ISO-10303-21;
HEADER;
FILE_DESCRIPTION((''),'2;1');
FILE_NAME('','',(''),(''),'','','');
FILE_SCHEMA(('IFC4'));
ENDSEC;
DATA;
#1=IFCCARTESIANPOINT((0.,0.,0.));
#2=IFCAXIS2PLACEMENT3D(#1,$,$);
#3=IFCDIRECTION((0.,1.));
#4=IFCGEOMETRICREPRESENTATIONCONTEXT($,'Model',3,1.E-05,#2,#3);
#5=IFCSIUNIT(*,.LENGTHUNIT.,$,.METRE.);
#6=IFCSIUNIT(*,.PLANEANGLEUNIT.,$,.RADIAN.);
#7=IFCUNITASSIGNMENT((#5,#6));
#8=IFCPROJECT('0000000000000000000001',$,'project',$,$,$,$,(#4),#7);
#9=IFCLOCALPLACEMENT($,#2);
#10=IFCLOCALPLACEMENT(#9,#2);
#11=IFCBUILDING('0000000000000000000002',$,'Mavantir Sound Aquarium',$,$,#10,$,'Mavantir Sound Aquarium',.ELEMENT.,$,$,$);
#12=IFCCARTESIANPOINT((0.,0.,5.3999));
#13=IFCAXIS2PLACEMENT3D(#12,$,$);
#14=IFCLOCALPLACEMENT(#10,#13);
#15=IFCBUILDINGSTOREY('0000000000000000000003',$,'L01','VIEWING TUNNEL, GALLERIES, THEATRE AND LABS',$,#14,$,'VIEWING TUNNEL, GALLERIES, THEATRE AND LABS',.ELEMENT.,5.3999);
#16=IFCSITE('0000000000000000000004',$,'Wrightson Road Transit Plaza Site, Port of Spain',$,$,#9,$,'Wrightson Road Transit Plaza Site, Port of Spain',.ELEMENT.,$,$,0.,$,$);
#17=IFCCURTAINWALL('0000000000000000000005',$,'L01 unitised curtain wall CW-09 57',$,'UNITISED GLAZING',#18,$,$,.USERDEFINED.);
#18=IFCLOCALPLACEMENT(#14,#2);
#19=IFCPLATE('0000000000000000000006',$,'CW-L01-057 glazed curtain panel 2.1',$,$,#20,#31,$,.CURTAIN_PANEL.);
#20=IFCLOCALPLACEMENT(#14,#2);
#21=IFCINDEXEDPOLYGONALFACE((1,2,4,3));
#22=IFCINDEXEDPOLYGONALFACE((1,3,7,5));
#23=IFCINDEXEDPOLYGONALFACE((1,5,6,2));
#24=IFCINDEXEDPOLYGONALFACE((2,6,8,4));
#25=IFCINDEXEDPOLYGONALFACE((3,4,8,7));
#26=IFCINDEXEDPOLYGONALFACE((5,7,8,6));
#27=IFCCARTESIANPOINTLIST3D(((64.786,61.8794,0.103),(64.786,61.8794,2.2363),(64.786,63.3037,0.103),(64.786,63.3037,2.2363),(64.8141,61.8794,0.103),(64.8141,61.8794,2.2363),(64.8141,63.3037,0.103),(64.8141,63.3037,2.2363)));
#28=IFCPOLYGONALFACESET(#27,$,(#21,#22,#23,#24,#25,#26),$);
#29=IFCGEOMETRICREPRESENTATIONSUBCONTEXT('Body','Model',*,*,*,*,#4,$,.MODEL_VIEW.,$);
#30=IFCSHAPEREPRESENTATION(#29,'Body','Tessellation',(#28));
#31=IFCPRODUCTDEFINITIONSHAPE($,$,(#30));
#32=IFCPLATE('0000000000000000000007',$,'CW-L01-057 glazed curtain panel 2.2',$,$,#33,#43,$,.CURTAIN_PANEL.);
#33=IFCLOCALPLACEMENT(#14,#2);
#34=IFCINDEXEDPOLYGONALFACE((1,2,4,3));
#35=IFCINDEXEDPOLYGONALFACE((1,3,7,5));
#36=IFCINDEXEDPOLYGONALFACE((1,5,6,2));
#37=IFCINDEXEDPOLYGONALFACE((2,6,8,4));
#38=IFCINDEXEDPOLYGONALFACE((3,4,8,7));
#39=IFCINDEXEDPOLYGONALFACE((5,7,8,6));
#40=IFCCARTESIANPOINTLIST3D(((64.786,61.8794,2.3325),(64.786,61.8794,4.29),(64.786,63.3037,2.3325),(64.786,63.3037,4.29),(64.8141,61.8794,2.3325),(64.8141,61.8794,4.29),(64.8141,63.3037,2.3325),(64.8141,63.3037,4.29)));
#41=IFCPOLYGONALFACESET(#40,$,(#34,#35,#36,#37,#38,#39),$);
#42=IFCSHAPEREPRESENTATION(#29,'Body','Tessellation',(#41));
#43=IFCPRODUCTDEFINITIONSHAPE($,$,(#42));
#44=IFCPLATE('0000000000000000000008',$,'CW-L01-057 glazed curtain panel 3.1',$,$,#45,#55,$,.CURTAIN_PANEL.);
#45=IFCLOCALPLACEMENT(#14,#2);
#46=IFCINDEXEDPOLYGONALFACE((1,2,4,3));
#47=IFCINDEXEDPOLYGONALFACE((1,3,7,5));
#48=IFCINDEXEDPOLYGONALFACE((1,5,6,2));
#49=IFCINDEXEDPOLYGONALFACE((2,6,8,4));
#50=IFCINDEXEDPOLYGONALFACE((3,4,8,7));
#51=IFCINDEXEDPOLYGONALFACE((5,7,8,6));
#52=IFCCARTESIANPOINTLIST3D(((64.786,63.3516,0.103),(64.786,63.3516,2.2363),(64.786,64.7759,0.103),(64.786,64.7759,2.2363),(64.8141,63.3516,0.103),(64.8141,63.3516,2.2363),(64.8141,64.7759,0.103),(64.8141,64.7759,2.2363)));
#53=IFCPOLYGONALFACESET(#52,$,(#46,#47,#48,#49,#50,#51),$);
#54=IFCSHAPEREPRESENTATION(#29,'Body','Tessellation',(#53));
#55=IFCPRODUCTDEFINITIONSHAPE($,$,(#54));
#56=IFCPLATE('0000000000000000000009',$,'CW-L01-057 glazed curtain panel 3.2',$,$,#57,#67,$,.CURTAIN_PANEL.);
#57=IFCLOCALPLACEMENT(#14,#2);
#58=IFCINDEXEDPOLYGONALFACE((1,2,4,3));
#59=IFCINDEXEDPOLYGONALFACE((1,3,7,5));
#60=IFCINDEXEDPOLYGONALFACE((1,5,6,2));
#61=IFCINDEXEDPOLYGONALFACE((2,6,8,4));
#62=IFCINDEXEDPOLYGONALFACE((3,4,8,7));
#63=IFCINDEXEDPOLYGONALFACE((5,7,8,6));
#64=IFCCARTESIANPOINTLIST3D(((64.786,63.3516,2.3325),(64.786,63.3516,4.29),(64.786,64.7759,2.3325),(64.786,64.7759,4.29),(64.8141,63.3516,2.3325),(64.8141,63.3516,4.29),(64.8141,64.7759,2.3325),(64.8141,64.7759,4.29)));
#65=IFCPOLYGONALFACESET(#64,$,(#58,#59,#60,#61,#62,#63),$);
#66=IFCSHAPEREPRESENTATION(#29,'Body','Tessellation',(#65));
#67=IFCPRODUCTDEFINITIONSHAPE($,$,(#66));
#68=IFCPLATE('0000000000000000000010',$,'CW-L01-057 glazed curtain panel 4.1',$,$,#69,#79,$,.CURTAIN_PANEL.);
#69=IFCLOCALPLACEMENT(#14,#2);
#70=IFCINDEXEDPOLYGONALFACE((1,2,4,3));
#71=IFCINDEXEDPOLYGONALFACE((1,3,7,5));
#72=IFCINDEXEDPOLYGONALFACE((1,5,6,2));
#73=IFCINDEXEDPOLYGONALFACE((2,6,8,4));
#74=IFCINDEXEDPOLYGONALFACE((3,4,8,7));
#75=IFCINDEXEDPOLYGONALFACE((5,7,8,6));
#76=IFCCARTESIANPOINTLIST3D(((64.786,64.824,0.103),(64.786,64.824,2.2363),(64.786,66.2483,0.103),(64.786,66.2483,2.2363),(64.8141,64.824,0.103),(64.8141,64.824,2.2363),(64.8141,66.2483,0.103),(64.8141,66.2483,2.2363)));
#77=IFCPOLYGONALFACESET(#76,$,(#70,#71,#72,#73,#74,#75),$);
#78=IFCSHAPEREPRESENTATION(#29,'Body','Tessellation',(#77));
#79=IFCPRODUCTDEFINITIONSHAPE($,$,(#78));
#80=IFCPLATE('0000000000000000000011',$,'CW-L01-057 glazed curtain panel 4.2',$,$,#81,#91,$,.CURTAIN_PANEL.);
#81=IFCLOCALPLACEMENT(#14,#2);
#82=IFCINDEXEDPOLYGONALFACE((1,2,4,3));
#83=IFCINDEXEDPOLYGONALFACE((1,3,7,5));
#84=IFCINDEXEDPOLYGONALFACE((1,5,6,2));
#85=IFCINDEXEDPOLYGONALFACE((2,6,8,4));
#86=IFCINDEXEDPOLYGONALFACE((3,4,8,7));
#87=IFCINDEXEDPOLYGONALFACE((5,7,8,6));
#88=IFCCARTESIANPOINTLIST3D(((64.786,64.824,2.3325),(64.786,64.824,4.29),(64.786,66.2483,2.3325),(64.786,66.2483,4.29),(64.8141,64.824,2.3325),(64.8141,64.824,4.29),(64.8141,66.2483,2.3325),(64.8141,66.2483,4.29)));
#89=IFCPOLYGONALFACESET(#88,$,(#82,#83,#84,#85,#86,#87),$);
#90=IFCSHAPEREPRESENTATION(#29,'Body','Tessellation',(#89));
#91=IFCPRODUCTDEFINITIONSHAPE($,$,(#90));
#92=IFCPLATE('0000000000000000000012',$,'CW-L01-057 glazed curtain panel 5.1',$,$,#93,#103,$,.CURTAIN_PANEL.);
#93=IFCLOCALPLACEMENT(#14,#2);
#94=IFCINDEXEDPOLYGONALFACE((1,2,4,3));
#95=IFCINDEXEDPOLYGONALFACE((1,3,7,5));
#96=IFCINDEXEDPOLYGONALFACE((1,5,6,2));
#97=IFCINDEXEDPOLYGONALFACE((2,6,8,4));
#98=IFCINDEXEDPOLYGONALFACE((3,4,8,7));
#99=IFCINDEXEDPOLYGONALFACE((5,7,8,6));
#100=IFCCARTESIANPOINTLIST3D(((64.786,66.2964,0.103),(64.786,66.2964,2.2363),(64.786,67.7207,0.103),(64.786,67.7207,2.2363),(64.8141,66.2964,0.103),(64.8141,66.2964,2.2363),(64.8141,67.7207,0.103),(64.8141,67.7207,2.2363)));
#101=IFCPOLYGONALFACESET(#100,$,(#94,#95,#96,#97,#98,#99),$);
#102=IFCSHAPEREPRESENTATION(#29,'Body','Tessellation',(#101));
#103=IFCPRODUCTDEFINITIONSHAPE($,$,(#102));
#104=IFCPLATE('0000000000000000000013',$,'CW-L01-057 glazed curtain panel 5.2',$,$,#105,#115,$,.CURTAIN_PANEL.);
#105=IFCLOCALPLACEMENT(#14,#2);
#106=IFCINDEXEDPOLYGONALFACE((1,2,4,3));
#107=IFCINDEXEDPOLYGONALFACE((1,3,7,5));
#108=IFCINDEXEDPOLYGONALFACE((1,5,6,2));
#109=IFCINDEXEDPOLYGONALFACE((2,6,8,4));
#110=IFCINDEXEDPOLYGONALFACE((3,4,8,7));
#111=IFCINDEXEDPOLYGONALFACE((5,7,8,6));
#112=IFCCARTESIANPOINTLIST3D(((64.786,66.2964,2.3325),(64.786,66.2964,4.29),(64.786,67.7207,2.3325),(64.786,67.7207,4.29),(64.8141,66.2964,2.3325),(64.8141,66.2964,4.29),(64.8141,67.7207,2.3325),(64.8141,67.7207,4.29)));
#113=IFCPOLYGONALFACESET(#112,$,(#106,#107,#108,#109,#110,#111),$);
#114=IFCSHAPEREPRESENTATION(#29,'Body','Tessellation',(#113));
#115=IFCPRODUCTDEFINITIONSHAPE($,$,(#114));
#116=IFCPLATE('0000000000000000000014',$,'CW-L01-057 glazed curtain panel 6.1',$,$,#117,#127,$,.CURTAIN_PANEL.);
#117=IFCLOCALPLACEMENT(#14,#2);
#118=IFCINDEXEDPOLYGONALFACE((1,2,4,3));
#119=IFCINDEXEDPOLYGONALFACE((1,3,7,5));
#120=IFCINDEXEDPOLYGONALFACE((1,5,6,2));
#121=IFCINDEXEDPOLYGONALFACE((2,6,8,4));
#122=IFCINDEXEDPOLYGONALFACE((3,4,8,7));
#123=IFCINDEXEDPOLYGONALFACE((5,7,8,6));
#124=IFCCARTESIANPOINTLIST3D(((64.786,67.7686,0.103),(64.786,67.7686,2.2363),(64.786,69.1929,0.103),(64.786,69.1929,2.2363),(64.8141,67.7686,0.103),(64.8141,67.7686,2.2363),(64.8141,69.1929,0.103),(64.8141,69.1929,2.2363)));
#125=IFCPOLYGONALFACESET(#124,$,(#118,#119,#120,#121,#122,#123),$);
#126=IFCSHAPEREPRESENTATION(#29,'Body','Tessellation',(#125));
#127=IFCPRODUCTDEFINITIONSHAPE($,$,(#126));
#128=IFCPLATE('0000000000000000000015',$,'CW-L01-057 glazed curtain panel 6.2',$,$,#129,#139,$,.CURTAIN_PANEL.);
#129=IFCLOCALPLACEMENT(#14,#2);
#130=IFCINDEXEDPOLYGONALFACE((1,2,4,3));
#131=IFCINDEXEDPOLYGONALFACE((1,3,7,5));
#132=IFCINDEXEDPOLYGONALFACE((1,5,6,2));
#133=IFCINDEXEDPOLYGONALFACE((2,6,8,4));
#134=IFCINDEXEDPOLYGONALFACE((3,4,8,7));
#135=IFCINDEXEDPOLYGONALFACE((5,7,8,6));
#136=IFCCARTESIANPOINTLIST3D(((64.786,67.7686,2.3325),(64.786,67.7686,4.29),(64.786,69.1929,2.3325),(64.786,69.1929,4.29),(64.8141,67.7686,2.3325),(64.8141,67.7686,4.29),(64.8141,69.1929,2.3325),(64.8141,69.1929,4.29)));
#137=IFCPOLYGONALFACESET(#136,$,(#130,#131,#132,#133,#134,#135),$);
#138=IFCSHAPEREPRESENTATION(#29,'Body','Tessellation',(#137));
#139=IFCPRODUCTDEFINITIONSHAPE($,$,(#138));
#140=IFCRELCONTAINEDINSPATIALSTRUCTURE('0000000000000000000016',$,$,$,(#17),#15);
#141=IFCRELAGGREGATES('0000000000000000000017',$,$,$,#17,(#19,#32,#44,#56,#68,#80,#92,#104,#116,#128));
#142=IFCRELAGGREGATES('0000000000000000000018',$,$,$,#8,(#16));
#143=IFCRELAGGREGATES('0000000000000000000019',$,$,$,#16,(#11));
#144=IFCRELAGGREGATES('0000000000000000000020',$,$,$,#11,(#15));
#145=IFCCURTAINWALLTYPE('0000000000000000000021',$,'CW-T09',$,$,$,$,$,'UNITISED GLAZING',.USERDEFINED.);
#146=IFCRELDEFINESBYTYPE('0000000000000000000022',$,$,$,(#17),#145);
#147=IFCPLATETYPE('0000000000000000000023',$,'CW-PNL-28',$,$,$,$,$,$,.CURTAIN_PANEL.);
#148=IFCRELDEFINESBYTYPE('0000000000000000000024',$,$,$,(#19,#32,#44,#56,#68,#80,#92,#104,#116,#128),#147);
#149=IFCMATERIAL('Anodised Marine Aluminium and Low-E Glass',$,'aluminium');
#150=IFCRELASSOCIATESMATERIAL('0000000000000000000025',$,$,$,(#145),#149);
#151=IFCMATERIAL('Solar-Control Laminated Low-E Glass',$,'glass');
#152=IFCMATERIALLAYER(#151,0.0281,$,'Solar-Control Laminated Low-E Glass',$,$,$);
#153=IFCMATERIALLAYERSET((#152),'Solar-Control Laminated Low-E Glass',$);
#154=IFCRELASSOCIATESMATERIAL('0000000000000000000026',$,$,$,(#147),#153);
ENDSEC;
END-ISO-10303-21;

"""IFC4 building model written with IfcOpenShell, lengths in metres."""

from ifc_helpers import new_model, si_unit, direction, frame, origin, origin_2d, place, context, subcontext, project, spatial, rectangle, extrude, material, layer, layer_set, type_object, element, aggregate, save


model = new_model("IFC4")

# Units and contexts
model_context = context("Model", 3, precision=1e-05, world=origin(), true_north=direction((0.0, 1.0)))
body_context = subcontext(model_context, "Body", "Model", "MODEL_VIEW")
ifc_project = project(units=[si_unit("LENGTHUNIT", "METRE"), si_unit("PLANEANGLEUNIT", "RADIAN")], contexts=[model_context])

# Site, building, storey
site_placement = place(None, origin())
site = spatial("IfcSite", under=ifc_project, at=site_placement, Name="Wrightson Road Transit Plaza Site, Port of Spain", LongName="Wrightson Road Transit Plaza Site, Port of Spain", CompositionType="ELEMENT", RefElevation=0.0)
building_placement = place(site_placement, origin())
building = spatial("IfcBuilding", under=site, at=building_placement, Name="Mavantir Sound Aquarium", LongName="Mavantir Sound Aquarium", CompositionType="ELEMENT")
storey_placement = place(building_placement, frame((0.0, 0.0, 5.3999)))
storey = spatial("IfcBuildingStorey", under=building, at=storey_placement, Name="L01", Description="VIEWING TUNNEL, GALLERIES, THEATRE AND LABS", LongName="VIEWING TUNNEL, GALLERIES, THEATRE AND LABS", CompositionType="ELEMENT", Elevation=5.3999)

# Curtain wall
ifc_material_1 = material(Name="Anodised Marine Aluminium and Low-E Glass", Category="aluminium")
curtain_wall_type_1 = type_object("IfcCurtainWallType", Name="CW-T09", ElementType="UNITISED GLAZING", PredefinedType="USERDEFINED", material=ifc_material_1)
curtain_wall_1_placement = place(storey_placement, origin())
curtain_wall_1 = element("IfcCurtainWall", 1, at=curtain_wall_1_placement, inside=storey, type_object=curtain_wall_type_1, Name="L01 unitised curtain wall CW-09 57", ObjectType="UNITISED GLAZING", PredefinedType="USERDEFINED")

# Plates
ifc_material_2 = material(Name="Solar-Control Laminated Low-E Glass", Category="glass")
ifc_layer = layer(ifc_material_2, 0.0281, Name="Solar-Control Laminated Low-E Glass")
ifc_layer_set = layer_set([ifc_layer], Name="Solar-Control Laminated Low-E Glass")
plate_type = type_object("IfcPlateType", Name="CW-PNL-28", PredefinedType="CURTAIN_PANEL", material=ifc_layer_set)
plate_1_placement = place(storey_placement, frame((64.8, 62.5916, 0.103), z_axis=(0.0, 0.0, 1.0), x_axis=(0.0, 1.0, 0.0)))
plate_1 = element("IfcPlate", 2, at=plate_1_placement, type_object=plate_type, Name="CW-L01-057 glazed curtain panel 2.1", PredefinedType="CURTAIN_PANEL", context=body_context, shape_type="SweptSolid", body=[
    extrude(rectangle(XDim=1.4243, YDim=0.0281, at=origin_2d()), origin(), (0.0, 0.0, 1.0), 2.1333),
])
plate_2_placement = place(storey_placement, frame((64.8, 62.5916, 2.3325), z_axis=(0.0, 0.0, 1.0), x_axis=(0.0, 1.0, 0.0)))
plate_2 = element("IfcPlate", 3, at=plate_2_placement, type_object=plate_type, Name="CW-L01-057 glazed curtain panel 2.2", PredefinedType="CURTAIN_PANEL", context=body_context, shape_type="SweptSolid", body=[
    extrude(rectangle(XDim=1.4243, YDim=0.0281, at=origin_2d()), origin(), (0.0, 0.0, 1.0), 1.9575),
])
plate_3_placement = place(storey_placement, frame((64.8, 64.0637, 0.103), z_axis=(0.0, 0.0, 1.0), x_axis=(0.0, 1.0, 0.0)))
plate_3 = element("IfcPlate", 4, at=plate_3_placement, type_object=plate_type, Name="CW-L01-057 glazed curtain panel 3.1", PredefinedType="CURTAIN_PANEL", context=body_context, shape_type="SweptSolid", body=[
    extrude(rectangle(XDim=1.4243, YDim=0.0281, at=origin_2d()), origin(), (0.0, 0.0, 1.0), 2.1333),
])
plate_4_placement = place(storey_placement, frame((64.8, 64.0637, 2.3325), z_axis=(0.0, 0.0, 1.0), x_axis=(0.0, 1.0, 0.0)))
plate_4 = element("IfcPlate", 5, at=plate_4_placement, type_object=plate_type, Name="CW-L01-057 glazed curtain panel 3.2", PredefinedType="CURTAIN_PANEL", context=body_context, shape_type="SweptSolid", body=[
    extrude(rectangle(XDim=1.4243, YDim=0.0281, at=origin_2d()), origin(), (0.0, 0.0, 1.0), 1.9575),
])
plate_5_placement = place(storey_placement, frame((64.8, 65.5361, 0.103), z_axis=(0.0, 0.0, 1.0), x_axis=(0.0, 1.0, 0.0)))
plate_5 = element("IfcPlate", 6, at=plate_5_placement, type_object=plate_type, Name="CW-L01-057 glazed curtain panel 4.1", PredefinedType="CURTAIN_PANEL", context=body_context, shape_type="SweptSolid", body=[
    extrude(rectangle(XDim=1.4243, YDim=0.0281, at=origin_2d()), origin(), (0.0, 0.0, 1.0), 2.1333),
])
plate_6_placement = place(storey_placement, frame((64.8, 65.5361, 2.3325), z_axis=(0.0, 0.0, 1.0), x_axis=(0.0, 1.0, 0.0)))
plate_6 = element("IfcPlate", 7, at=plate_6_placement, type_object=plate_type, Name="CW-L01-057 glazed curtain panel 4.2", PredefinedType="CURTAIN_PANEL", context=body_context, shape_type="SweptSolid", body=[
    extrude(rectangle(XDim=1.4243, YDim=0.0281, at=origin_2d()), origin(), (0.0, 0.0, 1.0), 1.9575),
])
plate_7_placement = place(storey_placement, frame((64.8, 67.0085, 0.103), z_axis=(0.0, 0.0, 1.0), x_axis=(0.0, 1.0, 0.0)))
plate_7 = element("IfcPlate", 8, at=plate_7_placement, type_object=plate_type, Name="CW-L01-057 glazed curtain panel 5.1", PredefinedType="CURTAIN_PANEL", context=body_context, shape_type="SweptSolid", body=[
    extrude(rectangle(XDim=1.4243, YDim=0.0281, at=origin_2d()), origin(), (0.0, 0.0, 1.0), 2.1333),
])
plate_8_placement = place(storey_placement, frame((64.8, 67.0085, 2.3325), z_axis=(0.0, 0.0, 1.0), x_axis=(0.0, 1.0, 0.0)))
plate_8 = element("IfcPlate", 9, at=plate_8_placement, type_object=plate_type, Name="CW-L01-057 glazed curtain panel 5.2", PredefinedType="CURTAIN_PANEL", context=body_context, shape_type="SweptSolid", body=[
    extrude(rectangle(XDim=1.4243, YDim=0.0281, at=origin_2d()), origin(), (0.0, 0.0, 1.0), 1.9575),
])
plate_9_placement = place(storey_placement, frame((64.8, 68.4807, 0.103), z_axis=(0.0, 0.0, 1.0), x_axis=(0.0, 1.0, 0.0)))
plate_9 = element("IfcPlate", 10, at=plate_9_placement, type_object=plate_type, Name="CW-L01-057 glazed curtain panel 6.1", PredefinedType="CURTAIN_PANEL", context=body_context, shape_type="SweptSolid", body=[
    extrude(rectangle(XDim=1.4243, YDim=0.0281, at=origin_2d()), origin(), (0.0, 0.0, 1.0), 2.1333),
])
plate_10_placement = place(storey_placement, frame((64.8, 68.4807, 2.3325), z_axis=(0.0, 0.0, 1.0), x_axis=(0.0, 1.0, 0.0)))
plate_10 = element("IfcPlate", 11, at=plate_10_placement, type_object=plate_type, Name="CW-L01-057 glazed curtain panel 6.2", PredefinedType="CURTAIN_PANEL", context=body_context, shape_type="SweptSolid", body=[
    extrude(rectangle(XDim=1.4243, YDim=0.0281, at=origin_2d()), origin(), (0.0, 0.0, 1.0), 1.9575),
])
aggregate(curtain_wall_1, [plate_1, plate_2, plate_3, plate_4, plate_5, plate_6, plate_7, plate_8, plate_9, plate_10])

save(model, "model.ifc")
